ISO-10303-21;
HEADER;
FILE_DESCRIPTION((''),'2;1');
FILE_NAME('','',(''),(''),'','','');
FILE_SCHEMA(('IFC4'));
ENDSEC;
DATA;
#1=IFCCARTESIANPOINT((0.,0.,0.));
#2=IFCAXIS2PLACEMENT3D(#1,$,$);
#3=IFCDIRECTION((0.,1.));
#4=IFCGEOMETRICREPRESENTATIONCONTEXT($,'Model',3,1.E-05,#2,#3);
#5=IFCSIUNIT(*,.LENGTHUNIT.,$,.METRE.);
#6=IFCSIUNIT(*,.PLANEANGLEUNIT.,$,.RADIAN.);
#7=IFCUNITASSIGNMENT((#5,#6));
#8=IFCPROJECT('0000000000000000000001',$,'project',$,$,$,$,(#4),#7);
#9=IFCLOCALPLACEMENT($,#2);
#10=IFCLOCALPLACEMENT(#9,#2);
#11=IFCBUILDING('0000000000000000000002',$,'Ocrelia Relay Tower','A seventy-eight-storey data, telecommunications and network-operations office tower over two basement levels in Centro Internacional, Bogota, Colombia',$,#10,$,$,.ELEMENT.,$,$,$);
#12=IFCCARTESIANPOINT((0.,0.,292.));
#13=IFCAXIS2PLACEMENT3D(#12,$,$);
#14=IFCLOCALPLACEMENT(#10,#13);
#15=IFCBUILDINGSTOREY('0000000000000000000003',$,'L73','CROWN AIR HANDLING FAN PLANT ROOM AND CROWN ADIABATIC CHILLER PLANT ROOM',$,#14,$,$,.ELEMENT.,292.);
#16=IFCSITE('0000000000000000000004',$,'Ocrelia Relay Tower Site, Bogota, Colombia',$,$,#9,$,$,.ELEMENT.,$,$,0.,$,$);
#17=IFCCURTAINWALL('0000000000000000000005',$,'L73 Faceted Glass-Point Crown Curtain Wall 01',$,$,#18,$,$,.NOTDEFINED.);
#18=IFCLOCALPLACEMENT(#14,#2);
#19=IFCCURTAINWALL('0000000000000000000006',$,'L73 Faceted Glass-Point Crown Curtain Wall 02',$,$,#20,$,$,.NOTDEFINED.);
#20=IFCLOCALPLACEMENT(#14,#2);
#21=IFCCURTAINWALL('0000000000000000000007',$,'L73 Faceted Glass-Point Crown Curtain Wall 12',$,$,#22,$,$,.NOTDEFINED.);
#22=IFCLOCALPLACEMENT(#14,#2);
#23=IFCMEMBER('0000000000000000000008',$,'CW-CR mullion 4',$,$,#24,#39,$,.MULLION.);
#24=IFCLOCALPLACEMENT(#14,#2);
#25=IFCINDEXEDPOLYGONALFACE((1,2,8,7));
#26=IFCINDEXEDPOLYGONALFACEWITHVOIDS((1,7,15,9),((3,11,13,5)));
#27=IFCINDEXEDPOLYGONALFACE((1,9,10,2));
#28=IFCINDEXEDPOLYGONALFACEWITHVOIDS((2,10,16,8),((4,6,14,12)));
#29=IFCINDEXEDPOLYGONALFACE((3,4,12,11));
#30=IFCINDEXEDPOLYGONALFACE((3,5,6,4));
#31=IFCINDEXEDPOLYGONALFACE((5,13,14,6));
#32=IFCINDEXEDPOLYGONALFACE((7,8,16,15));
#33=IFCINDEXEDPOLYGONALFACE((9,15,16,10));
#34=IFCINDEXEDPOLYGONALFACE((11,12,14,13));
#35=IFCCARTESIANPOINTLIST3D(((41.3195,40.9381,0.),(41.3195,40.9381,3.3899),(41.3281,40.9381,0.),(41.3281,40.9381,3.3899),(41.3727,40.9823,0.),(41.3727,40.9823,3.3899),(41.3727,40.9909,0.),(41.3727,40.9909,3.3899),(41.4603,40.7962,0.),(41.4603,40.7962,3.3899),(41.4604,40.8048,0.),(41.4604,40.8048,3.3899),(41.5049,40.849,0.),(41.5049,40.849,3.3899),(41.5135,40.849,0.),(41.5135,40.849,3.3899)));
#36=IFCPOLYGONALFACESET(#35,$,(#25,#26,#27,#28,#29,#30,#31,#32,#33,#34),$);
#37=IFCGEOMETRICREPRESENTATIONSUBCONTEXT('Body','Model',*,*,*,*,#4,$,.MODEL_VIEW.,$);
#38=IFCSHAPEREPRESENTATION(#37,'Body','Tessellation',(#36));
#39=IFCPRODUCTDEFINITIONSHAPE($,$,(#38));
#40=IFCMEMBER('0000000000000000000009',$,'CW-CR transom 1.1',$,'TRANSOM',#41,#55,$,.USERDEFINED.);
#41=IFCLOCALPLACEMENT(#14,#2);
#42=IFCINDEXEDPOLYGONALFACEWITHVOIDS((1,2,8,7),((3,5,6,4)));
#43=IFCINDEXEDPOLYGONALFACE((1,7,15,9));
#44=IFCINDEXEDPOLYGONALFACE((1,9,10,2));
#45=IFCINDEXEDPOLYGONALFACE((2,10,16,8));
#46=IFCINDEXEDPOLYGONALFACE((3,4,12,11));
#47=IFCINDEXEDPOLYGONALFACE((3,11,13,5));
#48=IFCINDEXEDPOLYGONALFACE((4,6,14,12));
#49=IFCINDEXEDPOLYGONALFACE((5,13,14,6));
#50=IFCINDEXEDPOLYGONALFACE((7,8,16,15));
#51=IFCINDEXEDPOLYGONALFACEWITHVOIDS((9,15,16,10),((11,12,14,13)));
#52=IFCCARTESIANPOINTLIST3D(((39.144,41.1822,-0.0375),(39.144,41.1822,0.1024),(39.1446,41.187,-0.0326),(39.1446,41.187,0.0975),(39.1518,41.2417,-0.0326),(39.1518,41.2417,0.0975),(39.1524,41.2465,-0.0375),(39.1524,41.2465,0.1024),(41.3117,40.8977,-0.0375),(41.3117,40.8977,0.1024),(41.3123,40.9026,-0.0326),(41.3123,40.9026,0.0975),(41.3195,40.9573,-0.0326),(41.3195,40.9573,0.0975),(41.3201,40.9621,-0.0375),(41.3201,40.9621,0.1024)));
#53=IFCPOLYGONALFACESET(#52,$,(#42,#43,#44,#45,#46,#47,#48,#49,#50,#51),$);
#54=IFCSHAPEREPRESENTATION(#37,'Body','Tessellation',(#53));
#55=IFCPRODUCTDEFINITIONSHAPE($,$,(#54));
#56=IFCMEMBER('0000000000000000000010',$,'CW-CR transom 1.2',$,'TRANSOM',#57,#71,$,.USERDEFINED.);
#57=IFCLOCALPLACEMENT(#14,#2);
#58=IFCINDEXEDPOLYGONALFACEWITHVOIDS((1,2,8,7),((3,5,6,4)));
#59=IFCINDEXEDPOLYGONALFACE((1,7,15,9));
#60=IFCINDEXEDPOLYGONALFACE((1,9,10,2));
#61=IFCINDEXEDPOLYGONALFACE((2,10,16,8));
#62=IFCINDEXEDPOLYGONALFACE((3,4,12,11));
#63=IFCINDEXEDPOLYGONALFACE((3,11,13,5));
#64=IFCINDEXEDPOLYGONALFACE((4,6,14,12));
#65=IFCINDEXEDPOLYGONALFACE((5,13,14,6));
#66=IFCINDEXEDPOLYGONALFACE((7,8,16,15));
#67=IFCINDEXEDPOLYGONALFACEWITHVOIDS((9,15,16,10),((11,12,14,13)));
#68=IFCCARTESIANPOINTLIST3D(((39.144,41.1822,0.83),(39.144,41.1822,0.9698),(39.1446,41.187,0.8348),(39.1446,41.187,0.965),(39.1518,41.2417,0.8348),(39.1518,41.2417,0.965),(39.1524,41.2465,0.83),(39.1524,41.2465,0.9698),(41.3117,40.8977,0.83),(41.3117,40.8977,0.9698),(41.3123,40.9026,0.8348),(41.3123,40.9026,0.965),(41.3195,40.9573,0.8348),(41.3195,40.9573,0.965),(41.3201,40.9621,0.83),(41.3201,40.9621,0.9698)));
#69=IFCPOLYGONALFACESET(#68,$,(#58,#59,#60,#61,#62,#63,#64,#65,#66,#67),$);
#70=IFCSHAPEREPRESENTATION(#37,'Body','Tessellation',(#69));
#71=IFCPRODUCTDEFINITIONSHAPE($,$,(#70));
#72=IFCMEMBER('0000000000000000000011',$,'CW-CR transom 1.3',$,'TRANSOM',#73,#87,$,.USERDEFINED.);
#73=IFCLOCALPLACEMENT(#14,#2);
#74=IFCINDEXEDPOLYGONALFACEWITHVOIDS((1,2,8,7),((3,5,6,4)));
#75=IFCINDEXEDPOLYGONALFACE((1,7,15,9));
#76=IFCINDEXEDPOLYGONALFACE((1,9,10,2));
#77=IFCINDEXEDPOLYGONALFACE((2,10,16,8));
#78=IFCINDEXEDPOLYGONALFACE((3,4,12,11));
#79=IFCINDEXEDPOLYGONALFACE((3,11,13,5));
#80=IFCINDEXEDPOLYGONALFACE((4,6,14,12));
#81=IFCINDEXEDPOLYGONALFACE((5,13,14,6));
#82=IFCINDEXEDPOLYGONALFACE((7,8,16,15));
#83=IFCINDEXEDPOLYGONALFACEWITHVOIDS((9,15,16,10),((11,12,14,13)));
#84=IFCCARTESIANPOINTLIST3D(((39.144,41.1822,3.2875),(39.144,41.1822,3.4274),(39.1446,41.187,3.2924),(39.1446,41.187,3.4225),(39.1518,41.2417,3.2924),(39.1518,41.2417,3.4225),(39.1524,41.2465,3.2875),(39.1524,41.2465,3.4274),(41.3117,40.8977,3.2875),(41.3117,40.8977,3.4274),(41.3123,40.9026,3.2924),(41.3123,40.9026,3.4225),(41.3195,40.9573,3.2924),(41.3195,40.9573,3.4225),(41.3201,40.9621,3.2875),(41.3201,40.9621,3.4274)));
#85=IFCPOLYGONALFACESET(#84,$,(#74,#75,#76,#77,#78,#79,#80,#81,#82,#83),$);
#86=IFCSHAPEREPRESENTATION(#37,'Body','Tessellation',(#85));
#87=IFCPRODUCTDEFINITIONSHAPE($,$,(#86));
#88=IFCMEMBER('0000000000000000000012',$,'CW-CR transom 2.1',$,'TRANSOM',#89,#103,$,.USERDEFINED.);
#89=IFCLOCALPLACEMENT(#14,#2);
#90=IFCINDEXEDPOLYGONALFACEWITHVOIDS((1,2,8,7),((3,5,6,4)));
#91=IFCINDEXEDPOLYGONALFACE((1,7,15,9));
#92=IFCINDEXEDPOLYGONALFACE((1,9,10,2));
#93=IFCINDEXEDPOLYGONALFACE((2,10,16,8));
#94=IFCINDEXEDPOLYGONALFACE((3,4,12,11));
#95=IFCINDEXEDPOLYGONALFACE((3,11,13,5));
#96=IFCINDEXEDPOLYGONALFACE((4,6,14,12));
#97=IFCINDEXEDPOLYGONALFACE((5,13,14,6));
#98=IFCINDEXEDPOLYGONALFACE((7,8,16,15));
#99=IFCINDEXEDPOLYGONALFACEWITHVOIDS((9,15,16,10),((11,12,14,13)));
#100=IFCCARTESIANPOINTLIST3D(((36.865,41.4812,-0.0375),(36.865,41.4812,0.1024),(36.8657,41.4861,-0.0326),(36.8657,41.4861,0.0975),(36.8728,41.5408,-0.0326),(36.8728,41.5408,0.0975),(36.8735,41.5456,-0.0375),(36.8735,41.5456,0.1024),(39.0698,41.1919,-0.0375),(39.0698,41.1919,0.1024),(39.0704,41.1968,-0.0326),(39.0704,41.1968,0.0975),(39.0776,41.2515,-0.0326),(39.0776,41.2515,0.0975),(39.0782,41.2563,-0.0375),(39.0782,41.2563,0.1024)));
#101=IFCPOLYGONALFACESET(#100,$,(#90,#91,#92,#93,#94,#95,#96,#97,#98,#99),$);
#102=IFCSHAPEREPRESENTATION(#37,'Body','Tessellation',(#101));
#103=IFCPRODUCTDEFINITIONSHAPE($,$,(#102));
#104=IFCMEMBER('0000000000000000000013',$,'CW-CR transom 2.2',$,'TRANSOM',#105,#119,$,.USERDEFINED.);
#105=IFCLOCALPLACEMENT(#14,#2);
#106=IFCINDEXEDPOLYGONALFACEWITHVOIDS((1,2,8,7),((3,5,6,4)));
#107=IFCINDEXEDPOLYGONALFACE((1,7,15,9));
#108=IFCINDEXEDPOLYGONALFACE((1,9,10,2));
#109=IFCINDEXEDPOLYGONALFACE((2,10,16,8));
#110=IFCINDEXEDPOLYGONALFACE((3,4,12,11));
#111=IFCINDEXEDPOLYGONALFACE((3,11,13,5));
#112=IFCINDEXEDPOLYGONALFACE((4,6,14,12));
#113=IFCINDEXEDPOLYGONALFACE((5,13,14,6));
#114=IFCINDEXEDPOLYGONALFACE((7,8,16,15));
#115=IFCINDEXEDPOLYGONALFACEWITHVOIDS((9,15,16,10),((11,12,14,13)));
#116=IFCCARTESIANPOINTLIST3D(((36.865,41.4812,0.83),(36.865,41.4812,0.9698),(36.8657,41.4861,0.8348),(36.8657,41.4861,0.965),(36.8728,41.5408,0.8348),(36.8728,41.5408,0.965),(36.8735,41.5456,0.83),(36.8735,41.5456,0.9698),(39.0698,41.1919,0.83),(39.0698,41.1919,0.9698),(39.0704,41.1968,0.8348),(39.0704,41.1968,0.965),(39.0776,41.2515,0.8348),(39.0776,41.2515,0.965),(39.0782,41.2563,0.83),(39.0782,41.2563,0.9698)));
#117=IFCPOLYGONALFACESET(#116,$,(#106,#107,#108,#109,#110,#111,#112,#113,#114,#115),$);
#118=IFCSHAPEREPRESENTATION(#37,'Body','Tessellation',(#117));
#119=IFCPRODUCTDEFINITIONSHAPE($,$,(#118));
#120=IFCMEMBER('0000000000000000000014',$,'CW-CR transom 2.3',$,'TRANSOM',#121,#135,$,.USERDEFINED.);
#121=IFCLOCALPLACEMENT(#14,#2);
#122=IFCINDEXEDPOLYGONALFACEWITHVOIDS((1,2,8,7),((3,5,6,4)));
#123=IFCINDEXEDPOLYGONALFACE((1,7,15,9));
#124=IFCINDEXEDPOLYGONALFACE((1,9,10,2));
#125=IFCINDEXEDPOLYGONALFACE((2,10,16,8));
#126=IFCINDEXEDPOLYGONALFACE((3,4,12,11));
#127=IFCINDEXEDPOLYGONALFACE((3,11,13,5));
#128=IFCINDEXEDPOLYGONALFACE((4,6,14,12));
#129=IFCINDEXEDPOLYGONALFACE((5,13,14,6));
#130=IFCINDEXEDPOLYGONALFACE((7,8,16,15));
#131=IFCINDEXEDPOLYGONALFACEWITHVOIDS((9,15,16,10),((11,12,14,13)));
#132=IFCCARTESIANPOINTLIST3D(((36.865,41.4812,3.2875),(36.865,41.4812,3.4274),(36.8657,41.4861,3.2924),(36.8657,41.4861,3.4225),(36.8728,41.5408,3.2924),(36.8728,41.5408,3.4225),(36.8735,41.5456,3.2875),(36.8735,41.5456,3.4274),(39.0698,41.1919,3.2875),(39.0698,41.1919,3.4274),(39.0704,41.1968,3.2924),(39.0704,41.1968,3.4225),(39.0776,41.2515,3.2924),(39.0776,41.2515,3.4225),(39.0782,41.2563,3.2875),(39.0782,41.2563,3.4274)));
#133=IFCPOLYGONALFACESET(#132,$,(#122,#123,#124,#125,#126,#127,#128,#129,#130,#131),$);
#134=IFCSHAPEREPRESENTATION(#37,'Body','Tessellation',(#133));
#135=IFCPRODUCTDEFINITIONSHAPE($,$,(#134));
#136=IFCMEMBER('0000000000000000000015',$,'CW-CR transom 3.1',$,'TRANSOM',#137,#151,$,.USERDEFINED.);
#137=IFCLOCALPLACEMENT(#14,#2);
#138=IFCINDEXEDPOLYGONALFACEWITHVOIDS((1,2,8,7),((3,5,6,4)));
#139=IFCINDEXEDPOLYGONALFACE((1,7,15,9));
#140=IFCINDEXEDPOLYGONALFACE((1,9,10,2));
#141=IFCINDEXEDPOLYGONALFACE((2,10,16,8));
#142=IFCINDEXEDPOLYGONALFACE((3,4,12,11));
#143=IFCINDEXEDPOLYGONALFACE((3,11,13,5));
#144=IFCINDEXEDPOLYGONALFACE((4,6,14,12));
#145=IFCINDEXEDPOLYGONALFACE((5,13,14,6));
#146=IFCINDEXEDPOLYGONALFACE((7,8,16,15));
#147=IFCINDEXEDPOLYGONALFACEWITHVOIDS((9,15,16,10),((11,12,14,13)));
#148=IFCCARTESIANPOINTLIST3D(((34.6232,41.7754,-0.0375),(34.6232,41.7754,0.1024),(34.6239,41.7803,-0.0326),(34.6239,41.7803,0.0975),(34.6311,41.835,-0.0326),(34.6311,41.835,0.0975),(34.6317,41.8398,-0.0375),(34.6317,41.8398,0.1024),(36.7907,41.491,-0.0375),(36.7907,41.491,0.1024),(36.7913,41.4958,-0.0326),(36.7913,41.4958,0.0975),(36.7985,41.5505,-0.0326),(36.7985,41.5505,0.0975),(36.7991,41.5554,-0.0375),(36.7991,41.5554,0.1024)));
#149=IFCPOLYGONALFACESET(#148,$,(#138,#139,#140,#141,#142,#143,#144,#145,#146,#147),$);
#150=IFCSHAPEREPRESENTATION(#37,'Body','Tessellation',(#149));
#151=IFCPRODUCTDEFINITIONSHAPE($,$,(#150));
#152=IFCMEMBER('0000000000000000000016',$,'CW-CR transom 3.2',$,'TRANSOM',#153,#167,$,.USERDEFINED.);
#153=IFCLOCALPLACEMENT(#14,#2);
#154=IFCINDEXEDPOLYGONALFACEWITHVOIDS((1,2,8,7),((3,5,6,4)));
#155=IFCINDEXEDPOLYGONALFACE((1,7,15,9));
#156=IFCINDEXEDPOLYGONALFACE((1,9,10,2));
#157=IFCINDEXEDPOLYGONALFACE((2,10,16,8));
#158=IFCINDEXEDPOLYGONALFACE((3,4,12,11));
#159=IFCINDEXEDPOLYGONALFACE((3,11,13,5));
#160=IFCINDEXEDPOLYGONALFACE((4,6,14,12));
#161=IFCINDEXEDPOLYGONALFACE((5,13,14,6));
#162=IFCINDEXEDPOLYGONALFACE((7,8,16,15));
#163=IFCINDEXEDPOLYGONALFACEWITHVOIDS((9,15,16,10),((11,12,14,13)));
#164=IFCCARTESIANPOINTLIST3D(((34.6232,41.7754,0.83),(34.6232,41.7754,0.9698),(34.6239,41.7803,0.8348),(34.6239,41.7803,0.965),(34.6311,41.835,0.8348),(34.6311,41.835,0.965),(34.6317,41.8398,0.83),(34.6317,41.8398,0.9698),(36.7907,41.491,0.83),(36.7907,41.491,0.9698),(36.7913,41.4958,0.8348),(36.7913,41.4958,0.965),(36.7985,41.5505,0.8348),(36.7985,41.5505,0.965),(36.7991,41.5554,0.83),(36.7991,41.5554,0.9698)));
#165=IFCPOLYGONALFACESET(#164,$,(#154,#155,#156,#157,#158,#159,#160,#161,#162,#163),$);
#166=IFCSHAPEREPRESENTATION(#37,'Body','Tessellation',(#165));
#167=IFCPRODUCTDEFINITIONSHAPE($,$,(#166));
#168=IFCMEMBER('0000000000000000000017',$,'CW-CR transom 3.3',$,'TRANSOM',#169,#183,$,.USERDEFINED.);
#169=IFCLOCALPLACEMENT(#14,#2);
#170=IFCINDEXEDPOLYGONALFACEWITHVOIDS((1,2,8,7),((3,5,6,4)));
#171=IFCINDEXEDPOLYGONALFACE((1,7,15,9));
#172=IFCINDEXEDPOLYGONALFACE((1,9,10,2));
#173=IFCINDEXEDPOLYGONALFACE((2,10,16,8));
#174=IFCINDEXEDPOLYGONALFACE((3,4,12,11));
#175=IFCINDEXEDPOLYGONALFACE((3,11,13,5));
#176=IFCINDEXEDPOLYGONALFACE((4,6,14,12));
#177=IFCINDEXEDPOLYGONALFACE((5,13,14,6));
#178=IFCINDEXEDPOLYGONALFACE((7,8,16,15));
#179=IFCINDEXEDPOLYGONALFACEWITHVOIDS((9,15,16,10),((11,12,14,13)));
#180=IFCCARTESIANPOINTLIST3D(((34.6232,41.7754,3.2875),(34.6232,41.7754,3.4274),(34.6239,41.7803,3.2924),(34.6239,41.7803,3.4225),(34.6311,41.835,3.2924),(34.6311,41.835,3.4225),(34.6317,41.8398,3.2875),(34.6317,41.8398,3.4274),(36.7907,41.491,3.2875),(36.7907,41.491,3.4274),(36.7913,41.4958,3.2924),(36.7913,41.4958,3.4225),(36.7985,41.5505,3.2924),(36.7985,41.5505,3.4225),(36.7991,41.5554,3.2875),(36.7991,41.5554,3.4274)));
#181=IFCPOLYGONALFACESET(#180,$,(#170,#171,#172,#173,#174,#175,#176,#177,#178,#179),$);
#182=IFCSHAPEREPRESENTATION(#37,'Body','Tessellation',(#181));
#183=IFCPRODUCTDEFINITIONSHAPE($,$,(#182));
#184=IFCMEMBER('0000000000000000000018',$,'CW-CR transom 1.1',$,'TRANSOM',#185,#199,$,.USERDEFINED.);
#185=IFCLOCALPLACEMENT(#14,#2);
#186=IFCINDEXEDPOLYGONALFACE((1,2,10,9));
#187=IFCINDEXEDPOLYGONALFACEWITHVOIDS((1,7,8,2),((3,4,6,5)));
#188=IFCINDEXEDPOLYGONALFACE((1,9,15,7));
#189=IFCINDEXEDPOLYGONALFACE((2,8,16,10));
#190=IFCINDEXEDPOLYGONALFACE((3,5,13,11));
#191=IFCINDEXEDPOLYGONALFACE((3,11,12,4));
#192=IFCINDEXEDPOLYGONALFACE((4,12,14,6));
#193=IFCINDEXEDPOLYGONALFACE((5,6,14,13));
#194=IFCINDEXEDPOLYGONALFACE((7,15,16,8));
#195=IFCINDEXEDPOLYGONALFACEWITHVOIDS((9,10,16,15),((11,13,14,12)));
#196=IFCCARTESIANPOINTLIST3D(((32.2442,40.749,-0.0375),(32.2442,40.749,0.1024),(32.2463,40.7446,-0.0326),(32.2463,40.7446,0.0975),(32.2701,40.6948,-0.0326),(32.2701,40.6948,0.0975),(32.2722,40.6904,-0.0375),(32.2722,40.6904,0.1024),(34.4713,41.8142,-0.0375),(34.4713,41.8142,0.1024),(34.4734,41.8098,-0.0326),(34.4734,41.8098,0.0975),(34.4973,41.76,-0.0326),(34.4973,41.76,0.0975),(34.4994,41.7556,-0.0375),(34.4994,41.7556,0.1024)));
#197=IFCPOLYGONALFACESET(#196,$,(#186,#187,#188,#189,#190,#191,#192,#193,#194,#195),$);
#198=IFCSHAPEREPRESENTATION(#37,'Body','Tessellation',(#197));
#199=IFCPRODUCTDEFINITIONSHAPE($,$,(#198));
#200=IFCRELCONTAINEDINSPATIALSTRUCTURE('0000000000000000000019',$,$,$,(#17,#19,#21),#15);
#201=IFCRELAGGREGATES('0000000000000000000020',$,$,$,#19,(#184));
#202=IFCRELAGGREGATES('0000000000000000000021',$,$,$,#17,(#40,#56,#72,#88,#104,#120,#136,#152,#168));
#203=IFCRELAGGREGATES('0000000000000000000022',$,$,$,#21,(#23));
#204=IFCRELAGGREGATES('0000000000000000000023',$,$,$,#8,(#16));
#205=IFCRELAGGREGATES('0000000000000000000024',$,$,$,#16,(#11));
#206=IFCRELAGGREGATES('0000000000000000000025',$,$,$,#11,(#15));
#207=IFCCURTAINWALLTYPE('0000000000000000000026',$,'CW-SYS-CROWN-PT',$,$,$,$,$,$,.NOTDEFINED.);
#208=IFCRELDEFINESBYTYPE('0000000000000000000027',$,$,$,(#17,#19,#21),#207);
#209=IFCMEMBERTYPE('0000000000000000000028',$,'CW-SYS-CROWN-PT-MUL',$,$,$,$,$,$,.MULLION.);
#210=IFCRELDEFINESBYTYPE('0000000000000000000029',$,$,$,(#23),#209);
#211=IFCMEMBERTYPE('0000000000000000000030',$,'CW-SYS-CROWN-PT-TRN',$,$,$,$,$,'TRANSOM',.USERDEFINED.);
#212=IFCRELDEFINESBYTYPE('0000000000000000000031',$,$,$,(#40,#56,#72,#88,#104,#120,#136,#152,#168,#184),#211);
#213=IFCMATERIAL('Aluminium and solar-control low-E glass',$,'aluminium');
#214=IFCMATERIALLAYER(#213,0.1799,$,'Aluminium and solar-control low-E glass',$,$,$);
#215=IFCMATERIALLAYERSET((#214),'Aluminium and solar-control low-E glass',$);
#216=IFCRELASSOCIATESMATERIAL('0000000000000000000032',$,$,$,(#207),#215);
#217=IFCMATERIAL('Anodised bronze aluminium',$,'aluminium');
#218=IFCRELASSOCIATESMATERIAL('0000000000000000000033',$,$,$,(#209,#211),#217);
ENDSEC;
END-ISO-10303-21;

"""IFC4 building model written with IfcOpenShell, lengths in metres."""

from ifc_helpers import new_model, si_unit, direction, frame, origin, origin_2d, place, context, subcontext, project, spatial, hollow_rectangle, extrude, material, layer, layer_set, material_profile, profile_set, type_object, element, aggregate, save


model = new_model("IFC4")

# Units and contexts
model_context = context("Model", 3, precision=1e-05, world=origin(), true_north=direction((0.0, 1.0)))
body_context = subcontext(model_context, "Body", "Model", "MODEL_VIEW")
ifc_project = project(units=[si_unit("LENGTHUNIT", "METRE"), si_unit("PLANEANGLEUNIT", "RADIAN")], contexts=[model_context])

# Site, building, storey
site_placement = place(None, origin())
site = spatial("IfcSite", under=ifc_project, at=site_placement, Name="Ocrelia Relay Tower Site, Bogota, Colombia", CompositionType="ELEMENT", RefElevation=0.0)
building_placement = place(site_placement, origin())
building = spatial("IfcBuilding", under=site, at=building_placement, Name="Ocrelia Relay Tower", Description="A seventy-eight-storey data, telecommunications and network-operations office tower over two basement levels in Centro Internacional, Bogota, Colombia", CompositionType="ELEMENT")
storey_placement = place(building_placement, frame((0.0, 0.0, 292.0)))
storey = spatial("IfcBuildingStorey", under=building, at=storey_placement, Name="L73", Description="CROWN AIR HANDLING FAN PLANT ROOM AND CROWN ADIABATIC CHILLER PLANT ROOM", CompositionType="ELEMENT", Elevation=292.0)

# Curtain wall
ifc_material_1 = material(Name="Aluminium and solar-control low-E glass", Category="aluminium")
ifc_layer_1 = layer(ifc_material_1, 0.1799, Name="Aluminium and solar-control low-E glass")
ifc_layer_set_1 = layer_set([ifc_layer_1], Name="Aluminium and solar-control low-E glass")
curtain_wall_type = type_object("IfcCurtainWallType", Name="CW-SYS-CROWN-PT", PredefinedType="NOTDEFINED", material=ifc_layer_set_1)
curtain_wall_1_placement = place(storey_placement, origin())
curtain_wall_1 = element("IfcCurtainWall", 1, at=curtain_wall_1_placement, inside=storey, type_object=curtain_wall_type, Name="L73 Faceted Glass-Point Crown Curtain Wall 01", PredefinedType="NOTDEFINED")
ifc_material_2 = material(Name="Anodised bronze aluminium", Category="aluminium")
ifc_material_profile_1 = material_profile(ifc_material_2, hollow_rectangle(XDim=0.075, YDim=0.2, WallThickness=0.0061, at=origin_2d()), Name="CW-MUL-200x75")
ifc_profile_set_1 = profile_set([ifc_material_profile_1], Name="Anodised bronze aluminium")
member_type_1 = type_object("IfcMemberType", Name="CW-SYS-CROWN-PT-MUL", PredefinedType="MULLION", material=ifc_profile_set_1)

# Curtain walls, member
curtain_wall_2_placement = place(storey_placement, origin())
curtain_wall_2 = element("IfcCurtainWall", 2, at=curtain_wall_2_placement, inside=storey, type_object=curtain_wall_type, Name="L73 Faceted Glass-Point Crown Curtain Wall 02", PredefinedType="NOTDEFINED")
curtain_wall_3_placement = place(storey_placement, origin())
curtain_wall_3 = element("IfcCurtainWall", 3, at=curtain_wall_3_placement, inside=storey, type_object=curtain_wall_type, Name="L73 Faceted Glass-Point Crown Curtain Wall 12", PredefinedType="NOTDEFINED")
member_1_placement = place(storey_placement, frame((41.4165, 40.8936, 0.0), z_axis=(0.0, 0.0, 1.0), x_axis=(-0.709871, -0.704332, 0.0)))
member_1 = element("IfcMember", 4, at=member_1_placement, type_object=member_type_1, Name="CW-CR mullion 4", PredefinedType="MULLION", context=body_context, shape_type="SweptSolid", body=[
    extrude(hollow_rectangle(XDim=0.075, YDim=0.2, WallThickness=0.0061, at=origin_2d()), origin(), (0.0, 0.0, 1.0), 3.3899),
])

# Members
ifc_material_profile_2 = material_profile(ifc_material_2, hollow_rectangle(XDim=0.0649, YDim=0.1399, WallThickness=0.0049, at=origin_2d()), Name="CW-TRN-140x65")
ifc_profile_set_2 = profile_set([ifc_material_profile_2], Name="Anodised bronze aluminium")
member_type_2 = type_object("IfcMemberType", Name="CW-SYS-CROWN-PT-TRN", ElementType="TRANSOM", PredefinedType="USERDEFINED", material=ifc_profile_set_2)
member_2_placement = place(storey_placement, frame((41.3159, 40.9299, 0.0325), z_axis=(-0.991502, 0.130093, 0.0), x_axis=(-0.130093, -0.991502, 0.0)))
member_2 = element("IfcMember", 5, at=member_2_placement, type_object=member_type_2, Name="CW-CR transom 1.1", ObjectType="TRANSOM", PredefinedType="USERDEFINED", context=body_context, shape_type="SweptSolid", body=[
    extrude(hollow_rectangle(XDim=0.0649, YDim=0.1399, WallThickness=0.0049, at=origin_2d()), origin(), (0.0, 0.0, 1.0), 2.1863),
])
member_3_placement = place(storey_placement, frame((41.3159, 40.9299, 0.8999), z_axis=(-0.991502, 0.130093, 0.0), x_axis=(-0.130093, -0.991502, 0.0)))
member_3 = element("IfcMember", 6, at=member_3_placement, type_object=member_type_2, Name="CW-CR transom 1.2", ObjectType="TRANSOM", PredefinedType="USERDEFINED", context=body_context, shape_type="SweptSolid", body=[
    extrude(hollow_rectangle(XDim=0.0649, YDim=0.1399, WallThickness=0.0049, at=origin_2d()), origin(), (0.0, 0.0, 1.0), 2.1863),
])
member_4_placement = place(storey_placement, frame((41.3159, 40.9299, 3.3574), z_axis=(-0.991502, 0.130093, 0.0), x_axis=(-0.130093, -0.991502, 0.0)))
member_4 = element("IfcMember", 7, at=member_4_placement, type_object=member_type_2, Name="CW-CR transom 1.3", ObjectType="TRANSOM", PredefinedType="USERDEFINED", context=body_context, shape_type="SweptSolid", body=[
    extrude(hollow_rectangle(XDim=0.0649, YDim=0.1399, WallThickness=0.0049, at=origin_2d()), origin(), (0.0, 0.0, 1.0), 2.1863),
])
member_5_placement = place(storey_placement, frame((39.074, 41.2241, 0.0325), z_axis=(-0.991501, 0.1301, 0.0), x_axis=(-0.1301, -0.991501, 0.0)))
member_5 = element("IfcMember", 8, at=member_5_placement, type_object=member_type_2, Name="CW-CR transom 2.1", ObjectType="TRANSOM", PredefinedType="USERDEFINED", context=body_context, shape_type="SweptSolid", body=[
    extrude(hollow_rectangle(XDim=0.0649, YDim=0.1399, WallThickness=0.0049, at=origin_2d()), origin(), (0.0, 0.0, 1.0), 2.2236),
])
member_6_placement = place(storey_placement, frame((39.074, 41.2241, 0.8999), z_axis=(-0.991501, 0.1301, 0.0), x_axis=(-0.1301, -0.991501, 0.0)))
member_6 = element("IfcMember", 9, at=member_6_placement, type_object=member_type_2, Name="CW-CR transom 2.2", ObjectType="TRANSOM", PredefinedType="USERDEFINED", context=body_context, shape_type="SweptSolid", body=[
    extrude(hollow_rectangle(XDim=0.0649, YDim=0.1399, WallThickness=0.0049, at=origin_2d()), origin(), (0.0, 0.0, 1.0), 2.2236),
])
member_7_placement = place(storey_placement, frame((39.074, 41.2241, 3.3574), z_axis=(-0.991501, 0.1301, 0.0), x_axis=(-0.1301, -0.991501, 0.0)))
member_7 = element("IfcMember", 10, at=member_7_placement, type_object=member_type_2, Name="CW-CR transom 2.3", ObjectType="TRANSOM", PredefinedType="USERDEFINED", context=body_context, shape_type="SweptSolid", body=[
    extrude(hollow_rectangle(XDim=0.0649, YDim=0.1399, WallThickness=0.0049, at=origin_2d()), origin(), (0.0, 0.0, 1.0), 2.2236),
])
member_8_placement = place(storey_placement, frame((36.7949, 41.5232, 0.0325), z_axis=(-0.9915, 0.130108, 0.0), x_axis=(-0.130108, -0.9915, 0.0)))
member_8 = element("IfcMember", 11, at=member_8_placement, type_object=member_type_2, Name="CW-CR transom 3.1", ObjectType="TRANSOM", PredefinedType="USERDEFINED", context=body_context, shape_type="SweptSolid", body=[
    extrude(hollow_rectangle(XDim=0.0649, YDim=0.1399, WallThickness=0.0049, at=origin_2d()), origin(), (0.0, 0.0, 1.0), 2.186),
])
member_9_placement = place(storey_placement, frame((36.7949, 41.5232, 0.8999), z_axis=(-0.9915, 0.130108, 0.0), x_axis=(-0.130108, -0.9915, 0.0)))
member_9 = element("IfcMember", 12, at=member_9_placement, type_object=member_type_2, Name="CW-CR transom 3.2", ObjectType="TRANSOM", PredefinedType="USERDEFINED", context=body_context, shape_type="SweptSolid", body=[
    extrude(hollow_rectangle(XDim=0.0649, YDim=0.1399, WallThickness=0.0049, at=origin_2d()), origin(), (0.0, 0.0, 1.0), 2.186),
])
member_10_placement = place(storey_placement, frame((36.7949, 41.5232, 3.3574), z_axis=(-0.9915, 0.130108, 0.0), x_axis=(-0.130108, -0.9915, 0.0)))
member_10 = element("IfcMember", 13, at=member_10_placement, type_object=member_type_2, Name="CW-CR transom 3.3", ObjectType="TRANSOM", PredefinedType="USERDEFINED", context=body_context, shape_type="SweptSolid", body=[
    extrude(hollow_rectangle(XDim=0.0649, YDim=0.1399, WallThickness=0.0049, at=origin_2d()), origin(), (0.0, 0.0, 1.0), 2.186),
])
member_11_placement = place(storey_placement, frame((34.4854, 41.7849, 0.0325), z_axis=(-0.902123, -0.43148, 0.0), x_axis=(0.43148, -0.902123, 0.0)))
member_11 = element("IfcMember", 14, at=member_11_placement, type_object=member_type_2, Name="CW-CR transom 1.1", ObjectType="TRANSOM", PredefinedType="USERDEFINED", context=body_context, shape_type="SweptSolid", body=[
    extrude(hollow_rectangle(XDim=0.0649, YDim=0.1399, WallThickness=0.0049, at=origin_2d()), origin(), (0.0, 0.0, 1.0), 2.4688),
])
aggregate(curtain_wall_2, [member_11])

aggregate(curtain_wall_1, [member_2, member_3, member_4, member_5, member_6, member_7, member_8, member_9, member_10])
aggregate(curtain_wall_3, [member_1])

save(model, "model.ifc")
